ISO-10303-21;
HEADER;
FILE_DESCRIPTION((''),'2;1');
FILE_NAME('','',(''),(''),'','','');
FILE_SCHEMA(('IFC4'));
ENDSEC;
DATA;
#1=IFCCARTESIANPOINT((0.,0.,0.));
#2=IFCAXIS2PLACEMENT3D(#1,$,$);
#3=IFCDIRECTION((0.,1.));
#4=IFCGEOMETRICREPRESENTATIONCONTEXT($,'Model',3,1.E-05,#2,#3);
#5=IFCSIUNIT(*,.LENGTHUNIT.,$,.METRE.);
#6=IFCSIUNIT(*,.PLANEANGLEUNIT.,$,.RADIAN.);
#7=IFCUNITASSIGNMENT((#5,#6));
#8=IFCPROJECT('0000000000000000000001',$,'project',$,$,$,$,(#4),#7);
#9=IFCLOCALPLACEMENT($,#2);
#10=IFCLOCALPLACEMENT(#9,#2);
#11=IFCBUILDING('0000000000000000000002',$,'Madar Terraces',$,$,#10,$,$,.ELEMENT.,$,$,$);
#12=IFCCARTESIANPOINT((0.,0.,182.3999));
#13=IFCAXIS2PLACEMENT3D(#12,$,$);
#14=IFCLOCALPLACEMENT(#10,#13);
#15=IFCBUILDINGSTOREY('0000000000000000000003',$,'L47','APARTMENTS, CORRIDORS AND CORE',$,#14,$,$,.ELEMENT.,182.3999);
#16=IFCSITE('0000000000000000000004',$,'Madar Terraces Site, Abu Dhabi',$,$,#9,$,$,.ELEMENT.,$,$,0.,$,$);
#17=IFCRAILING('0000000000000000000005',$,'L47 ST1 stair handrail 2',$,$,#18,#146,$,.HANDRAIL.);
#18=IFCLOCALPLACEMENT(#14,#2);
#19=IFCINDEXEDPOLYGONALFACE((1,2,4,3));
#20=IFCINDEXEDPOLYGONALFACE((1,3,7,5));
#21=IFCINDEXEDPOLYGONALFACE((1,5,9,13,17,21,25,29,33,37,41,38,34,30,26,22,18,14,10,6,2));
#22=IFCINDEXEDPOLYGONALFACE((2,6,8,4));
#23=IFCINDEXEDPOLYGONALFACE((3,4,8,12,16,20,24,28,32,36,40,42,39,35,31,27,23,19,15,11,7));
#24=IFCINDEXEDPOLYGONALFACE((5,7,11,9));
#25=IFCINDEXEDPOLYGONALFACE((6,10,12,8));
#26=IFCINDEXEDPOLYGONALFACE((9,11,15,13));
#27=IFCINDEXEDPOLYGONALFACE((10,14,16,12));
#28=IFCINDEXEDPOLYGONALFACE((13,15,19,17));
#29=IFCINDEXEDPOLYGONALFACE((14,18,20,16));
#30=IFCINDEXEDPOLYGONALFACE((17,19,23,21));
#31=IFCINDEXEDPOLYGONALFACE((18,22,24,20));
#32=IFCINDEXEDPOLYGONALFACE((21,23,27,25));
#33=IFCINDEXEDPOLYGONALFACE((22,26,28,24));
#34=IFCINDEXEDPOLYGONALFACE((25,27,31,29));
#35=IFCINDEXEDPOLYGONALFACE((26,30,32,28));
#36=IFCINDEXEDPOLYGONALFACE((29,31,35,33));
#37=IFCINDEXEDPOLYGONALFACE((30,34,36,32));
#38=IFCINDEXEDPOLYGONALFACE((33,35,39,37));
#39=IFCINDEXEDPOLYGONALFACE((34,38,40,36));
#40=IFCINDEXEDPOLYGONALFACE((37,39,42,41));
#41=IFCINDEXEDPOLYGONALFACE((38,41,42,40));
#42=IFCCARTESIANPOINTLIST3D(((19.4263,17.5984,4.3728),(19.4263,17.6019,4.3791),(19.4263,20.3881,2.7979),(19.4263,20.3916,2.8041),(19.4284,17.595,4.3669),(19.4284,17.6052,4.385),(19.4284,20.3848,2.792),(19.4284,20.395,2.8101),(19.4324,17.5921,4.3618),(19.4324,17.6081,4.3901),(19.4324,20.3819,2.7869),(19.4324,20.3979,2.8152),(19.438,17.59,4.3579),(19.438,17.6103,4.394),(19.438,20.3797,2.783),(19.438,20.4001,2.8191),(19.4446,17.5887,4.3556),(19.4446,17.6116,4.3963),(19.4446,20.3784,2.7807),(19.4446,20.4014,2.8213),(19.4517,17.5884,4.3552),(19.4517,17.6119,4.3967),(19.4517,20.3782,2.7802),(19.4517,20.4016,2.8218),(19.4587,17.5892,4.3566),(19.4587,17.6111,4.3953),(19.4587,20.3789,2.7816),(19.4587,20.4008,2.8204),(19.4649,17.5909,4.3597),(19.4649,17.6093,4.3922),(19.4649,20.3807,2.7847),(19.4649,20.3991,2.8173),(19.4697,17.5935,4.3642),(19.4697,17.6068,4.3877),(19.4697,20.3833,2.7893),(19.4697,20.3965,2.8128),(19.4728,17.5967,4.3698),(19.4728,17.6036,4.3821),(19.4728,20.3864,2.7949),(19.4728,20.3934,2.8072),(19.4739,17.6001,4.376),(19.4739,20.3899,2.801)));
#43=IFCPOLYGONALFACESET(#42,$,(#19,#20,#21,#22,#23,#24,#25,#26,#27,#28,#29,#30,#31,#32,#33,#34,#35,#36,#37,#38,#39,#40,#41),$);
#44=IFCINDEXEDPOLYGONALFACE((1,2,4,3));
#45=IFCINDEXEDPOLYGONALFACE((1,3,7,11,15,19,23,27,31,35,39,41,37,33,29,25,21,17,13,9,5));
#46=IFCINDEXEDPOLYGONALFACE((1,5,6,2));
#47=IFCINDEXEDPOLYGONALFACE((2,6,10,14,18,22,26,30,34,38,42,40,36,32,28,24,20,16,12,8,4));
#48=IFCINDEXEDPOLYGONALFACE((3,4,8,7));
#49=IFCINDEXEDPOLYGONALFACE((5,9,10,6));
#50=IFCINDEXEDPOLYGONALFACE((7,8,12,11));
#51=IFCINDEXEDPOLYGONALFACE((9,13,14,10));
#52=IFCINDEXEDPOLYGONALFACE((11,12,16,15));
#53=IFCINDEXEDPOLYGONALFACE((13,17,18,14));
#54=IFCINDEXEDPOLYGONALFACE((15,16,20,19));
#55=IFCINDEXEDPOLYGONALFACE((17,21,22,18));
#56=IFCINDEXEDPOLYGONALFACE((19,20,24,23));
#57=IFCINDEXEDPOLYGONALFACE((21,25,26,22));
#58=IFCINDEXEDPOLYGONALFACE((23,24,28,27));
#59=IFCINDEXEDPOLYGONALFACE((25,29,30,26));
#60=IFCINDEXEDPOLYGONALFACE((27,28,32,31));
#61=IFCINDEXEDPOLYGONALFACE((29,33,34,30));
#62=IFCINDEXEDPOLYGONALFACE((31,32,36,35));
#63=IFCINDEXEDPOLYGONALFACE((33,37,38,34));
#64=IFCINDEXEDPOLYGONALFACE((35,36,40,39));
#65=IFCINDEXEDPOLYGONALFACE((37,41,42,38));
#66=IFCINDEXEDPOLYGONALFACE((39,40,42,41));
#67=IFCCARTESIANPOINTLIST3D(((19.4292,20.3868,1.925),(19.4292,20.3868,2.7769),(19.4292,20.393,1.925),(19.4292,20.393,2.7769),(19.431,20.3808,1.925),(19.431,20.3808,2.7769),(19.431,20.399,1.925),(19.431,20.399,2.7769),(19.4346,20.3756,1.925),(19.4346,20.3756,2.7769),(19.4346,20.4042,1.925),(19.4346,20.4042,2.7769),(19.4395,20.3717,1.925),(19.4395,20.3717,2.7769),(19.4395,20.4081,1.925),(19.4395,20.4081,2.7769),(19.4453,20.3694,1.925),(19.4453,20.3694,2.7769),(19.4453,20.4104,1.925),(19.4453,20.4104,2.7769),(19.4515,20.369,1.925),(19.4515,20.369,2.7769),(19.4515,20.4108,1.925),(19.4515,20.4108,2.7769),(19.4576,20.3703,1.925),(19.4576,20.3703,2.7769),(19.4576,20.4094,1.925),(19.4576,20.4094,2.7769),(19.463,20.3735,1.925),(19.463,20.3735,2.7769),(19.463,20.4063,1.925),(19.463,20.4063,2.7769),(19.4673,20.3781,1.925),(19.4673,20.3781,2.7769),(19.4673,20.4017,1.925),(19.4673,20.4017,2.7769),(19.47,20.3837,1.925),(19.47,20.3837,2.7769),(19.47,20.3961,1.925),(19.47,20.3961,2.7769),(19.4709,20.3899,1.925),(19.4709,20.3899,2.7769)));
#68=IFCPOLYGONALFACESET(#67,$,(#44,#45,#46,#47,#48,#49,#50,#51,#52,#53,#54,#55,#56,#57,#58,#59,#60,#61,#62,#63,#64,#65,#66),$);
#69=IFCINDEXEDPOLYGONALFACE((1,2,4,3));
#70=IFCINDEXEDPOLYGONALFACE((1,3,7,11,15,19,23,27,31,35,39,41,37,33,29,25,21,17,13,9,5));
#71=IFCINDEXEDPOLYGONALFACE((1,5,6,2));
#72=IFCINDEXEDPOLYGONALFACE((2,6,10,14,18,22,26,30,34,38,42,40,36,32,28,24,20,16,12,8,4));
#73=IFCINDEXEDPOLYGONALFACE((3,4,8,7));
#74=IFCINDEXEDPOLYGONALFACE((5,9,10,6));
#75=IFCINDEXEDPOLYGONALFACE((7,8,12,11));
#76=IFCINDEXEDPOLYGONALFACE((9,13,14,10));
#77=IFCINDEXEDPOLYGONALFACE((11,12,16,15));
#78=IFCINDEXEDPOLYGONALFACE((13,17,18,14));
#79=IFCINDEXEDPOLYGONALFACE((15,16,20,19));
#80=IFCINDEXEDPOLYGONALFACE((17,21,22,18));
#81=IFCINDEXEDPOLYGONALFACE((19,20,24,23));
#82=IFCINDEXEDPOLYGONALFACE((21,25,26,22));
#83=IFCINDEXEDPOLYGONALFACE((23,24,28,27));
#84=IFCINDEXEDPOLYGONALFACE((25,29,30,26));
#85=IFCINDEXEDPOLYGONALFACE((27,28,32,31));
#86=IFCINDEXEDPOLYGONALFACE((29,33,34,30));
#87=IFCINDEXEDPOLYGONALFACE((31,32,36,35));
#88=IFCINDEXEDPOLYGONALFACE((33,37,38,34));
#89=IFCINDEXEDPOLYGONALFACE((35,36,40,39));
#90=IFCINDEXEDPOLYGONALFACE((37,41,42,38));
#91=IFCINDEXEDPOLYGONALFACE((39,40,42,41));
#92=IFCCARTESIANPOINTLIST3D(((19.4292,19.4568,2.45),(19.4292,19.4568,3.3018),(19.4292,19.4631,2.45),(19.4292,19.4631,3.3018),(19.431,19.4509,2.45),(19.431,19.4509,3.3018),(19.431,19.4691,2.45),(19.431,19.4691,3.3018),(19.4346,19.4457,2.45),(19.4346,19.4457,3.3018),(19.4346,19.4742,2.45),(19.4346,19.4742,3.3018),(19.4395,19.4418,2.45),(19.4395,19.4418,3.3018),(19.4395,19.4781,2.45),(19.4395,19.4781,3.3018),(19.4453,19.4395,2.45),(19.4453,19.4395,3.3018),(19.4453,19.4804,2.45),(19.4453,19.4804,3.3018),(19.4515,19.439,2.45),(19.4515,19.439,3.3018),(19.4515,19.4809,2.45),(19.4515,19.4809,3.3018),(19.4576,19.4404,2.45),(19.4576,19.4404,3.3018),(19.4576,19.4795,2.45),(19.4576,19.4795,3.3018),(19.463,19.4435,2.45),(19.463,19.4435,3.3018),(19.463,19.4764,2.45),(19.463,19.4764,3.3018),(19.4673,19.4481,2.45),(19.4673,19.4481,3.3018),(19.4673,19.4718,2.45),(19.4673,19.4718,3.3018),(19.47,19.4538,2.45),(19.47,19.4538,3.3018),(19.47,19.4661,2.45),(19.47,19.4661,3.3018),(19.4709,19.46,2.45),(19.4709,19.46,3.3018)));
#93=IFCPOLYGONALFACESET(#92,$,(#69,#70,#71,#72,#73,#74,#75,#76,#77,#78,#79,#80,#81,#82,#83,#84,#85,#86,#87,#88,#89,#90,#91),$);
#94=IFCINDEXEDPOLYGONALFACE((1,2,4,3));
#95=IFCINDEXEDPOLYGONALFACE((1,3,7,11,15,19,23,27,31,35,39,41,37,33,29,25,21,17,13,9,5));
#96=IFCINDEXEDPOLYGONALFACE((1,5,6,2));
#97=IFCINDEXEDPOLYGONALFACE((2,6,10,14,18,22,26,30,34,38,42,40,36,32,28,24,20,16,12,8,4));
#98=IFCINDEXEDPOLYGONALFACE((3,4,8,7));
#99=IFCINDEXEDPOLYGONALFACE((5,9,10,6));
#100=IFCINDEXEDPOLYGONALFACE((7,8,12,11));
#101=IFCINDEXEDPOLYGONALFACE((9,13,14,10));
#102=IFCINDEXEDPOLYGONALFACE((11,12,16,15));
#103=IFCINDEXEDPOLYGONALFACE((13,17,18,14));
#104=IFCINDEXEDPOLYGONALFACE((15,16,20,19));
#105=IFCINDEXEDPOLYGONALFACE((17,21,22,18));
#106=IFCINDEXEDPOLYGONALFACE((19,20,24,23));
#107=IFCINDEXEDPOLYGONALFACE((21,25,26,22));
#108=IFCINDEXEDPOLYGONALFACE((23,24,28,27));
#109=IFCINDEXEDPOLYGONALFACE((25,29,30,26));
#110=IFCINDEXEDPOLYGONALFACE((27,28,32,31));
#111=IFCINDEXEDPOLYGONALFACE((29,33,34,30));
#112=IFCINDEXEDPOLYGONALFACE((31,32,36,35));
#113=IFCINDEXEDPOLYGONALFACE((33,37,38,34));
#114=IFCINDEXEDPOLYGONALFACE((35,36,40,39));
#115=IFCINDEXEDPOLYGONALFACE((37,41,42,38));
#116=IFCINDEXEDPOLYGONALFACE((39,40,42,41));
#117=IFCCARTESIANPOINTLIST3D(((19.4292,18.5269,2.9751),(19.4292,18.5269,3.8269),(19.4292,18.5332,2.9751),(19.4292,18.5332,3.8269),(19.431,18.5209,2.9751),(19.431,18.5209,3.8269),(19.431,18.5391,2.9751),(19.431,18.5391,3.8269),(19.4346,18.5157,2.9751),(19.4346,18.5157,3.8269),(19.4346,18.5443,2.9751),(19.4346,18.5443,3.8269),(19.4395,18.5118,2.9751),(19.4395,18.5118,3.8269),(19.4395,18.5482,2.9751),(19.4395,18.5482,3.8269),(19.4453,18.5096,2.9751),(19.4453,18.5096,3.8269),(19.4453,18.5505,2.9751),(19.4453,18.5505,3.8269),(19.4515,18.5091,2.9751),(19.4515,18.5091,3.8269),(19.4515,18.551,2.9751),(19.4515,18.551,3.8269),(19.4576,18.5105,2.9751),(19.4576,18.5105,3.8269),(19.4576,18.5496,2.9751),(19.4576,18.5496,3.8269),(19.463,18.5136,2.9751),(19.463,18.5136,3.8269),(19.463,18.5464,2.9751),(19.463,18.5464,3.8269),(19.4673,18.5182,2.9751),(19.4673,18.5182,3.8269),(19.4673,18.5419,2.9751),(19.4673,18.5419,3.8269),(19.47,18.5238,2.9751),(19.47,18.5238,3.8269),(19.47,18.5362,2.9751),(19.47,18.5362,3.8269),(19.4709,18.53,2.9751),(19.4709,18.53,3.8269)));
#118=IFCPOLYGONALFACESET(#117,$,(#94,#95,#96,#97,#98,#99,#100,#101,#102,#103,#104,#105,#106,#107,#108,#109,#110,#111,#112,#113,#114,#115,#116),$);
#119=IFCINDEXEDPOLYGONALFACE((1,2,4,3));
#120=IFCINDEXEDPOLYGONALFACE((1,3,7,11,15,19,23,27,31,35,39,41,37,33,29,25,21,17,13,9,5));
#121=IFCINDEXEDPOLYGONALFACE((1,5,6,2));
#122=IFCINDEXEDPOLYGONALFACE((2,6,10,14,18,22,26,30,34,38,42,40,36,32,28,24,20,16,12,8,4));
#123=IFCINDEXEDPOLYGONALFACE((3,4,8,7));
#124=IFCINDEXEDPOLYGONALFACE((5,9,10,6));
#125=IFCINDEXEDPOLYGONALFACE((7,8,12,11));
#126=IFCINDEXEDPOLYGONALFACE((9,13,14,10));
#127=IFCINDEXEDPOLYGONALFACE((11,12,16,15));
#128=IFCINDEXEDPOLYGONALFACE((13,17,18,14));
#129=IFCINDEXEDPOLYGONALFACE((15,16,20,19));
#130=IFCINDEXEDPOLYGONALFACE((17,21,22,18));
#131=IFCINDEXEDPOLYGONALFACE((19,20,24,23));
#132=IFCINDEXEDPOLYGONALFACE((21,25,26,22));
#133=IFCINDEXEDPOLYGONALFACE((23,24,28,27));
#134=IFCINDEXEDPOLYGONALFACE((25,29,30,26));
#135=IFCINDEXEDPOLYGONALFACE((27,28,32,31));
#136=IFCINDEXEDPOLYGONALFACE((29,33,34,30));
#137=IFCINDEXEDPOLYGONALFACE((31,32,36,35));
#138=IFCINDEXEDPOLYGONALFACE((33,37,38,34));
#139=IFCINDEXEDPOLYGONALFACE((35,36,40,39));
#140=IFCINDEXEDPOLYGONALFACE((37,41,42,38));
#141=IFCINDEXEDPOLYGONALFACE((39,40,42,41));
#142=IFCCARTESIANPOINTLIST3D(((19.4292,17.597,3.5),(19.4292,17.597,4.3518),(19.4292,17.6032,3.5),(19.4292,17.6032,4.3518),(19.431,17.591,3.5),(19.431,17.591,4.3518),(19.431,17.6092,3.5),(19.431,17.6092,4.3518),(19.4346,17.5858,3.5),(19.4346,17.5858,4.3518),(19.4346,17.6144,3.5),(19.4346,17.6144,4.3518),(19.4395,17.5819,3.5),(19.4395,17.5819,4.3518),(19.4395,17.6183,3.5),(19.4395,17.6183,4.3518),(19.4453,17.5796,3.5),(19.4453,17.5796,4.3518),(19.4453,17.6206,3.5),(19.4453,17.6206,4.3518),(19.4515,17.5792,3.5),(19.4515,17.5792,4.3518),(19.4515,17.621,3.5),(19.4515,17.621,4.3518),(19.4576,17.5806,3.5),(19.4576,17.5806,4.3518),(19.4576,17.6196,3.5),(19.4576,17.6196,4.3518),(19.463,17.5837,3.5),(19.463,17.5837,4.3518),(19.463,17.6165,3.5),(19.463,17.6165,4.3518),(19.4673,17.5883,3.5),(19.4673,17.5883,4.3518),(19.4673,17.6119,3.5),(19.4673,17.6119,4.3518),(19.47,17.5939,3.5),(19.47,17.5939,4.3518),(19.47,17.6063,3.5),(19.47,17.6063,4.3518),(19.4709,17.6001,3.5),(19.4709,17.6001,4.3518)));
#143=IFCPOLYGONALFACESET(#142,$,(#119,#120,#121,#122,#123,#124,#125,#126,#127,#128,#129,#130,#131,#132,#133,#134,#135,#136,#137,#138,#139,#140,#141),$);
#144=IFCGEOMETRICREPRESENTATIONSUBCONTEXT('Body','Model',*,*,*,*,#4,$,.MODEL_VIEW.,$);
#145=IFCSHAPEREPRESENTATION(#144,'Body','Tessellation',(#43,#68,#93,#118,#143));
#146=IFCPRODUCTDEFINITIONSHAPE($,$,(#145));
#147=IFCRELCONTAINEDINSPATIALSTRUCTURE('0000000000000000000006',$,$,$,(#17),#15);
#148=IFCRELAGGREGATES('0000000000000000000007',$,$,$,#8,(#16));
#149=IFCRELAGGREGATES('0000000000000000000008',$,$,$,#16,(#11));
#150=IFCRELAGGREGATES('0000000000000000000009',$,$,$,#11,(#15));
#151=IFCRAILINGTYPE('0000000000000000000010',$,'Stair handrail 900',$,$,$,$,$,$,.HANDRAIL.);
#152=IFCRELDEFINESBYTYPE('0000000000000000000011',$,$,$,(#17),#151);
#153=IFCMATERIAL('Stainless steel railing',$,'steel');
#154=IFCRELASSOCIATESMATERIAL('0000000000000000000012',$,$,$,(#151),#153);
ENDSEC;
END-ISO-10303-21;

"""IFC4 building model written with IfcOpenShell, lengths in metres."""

from ifc_helpers import new_model, si_unit, direction, frame, origin, origin_2d, place, context, subcontext, project, spatial, circle, extrude, material, type_object, element, save


model = new_model("IFC4")

# Units and contexts
model_context = context("Model", 3, precision=1e-05, world=origin(), true_north=direction((0.0, 1.0)))
body_context = subcontext(model_context, "Body", "Model", "MODEL_VIEW")
ifc_project = project(units=[si_unit("LENGTHUNIT", "METRE"), si_unit("PLANEANGLEUNIT", "RADIAN")], contexts=[model_context])

# Site, building, storey
site_placement = place(None, origin())
site = spatial("IfcSite", under=ifc_project, at=site_placement, Name="Madar Terraces Site, Abu Dhabi", CompositionType="ELEMENT", RefElevation=0.0)
building_placement = place(site_placement, origin())
building = spatial("IfcBuilding", under=site, at=building_placement, Name="Madar Terraces", CompositionType="ELEMENT")
storey_placement = place(building_placement, frame((0.0, 0.0, 182.3999)))
storey = spatial("IfcBuildingStorey", under=building, at=storey_placement, Name="L47", Description="APARTMENTS, CORRIDORS AND CORE", CompositionType="ELEMENT", Elevation=182.3999)

# Railing
ifc_material_1 = material(Name="Stainless steel railing", Category="steel")
railing_type_1 = type_object("IfcRailingType", Name="Stair handrail 900", PredefinedType="HANDRAIL", material=ifc_material_1)
railing_1_placement = place(storey_placement, frame((19.45, 20.3899, 1.925)))
element("IfcRailing", 1, at=railing_1_placement, inside=storey, type_object=railing_type_1, Name="L47 ST1 stair handrail 2", PredefinedType="HANDRAIL", context=body_context, shape_type="SweptSolid", body=[
    extrude(circle(Radius=0.0239, at=origin_2d()), frame((0.0, 0.0, 0.876), z_axis=(0.0, -0.870815, 0.49161), x_axis=(1.0, 0.0, 0.0)), (0.0, 0.0, 1.0), 3.2036),
    extrude(circle(Radius=0.021, at=origin_2d()), origin(), (0.0, 0.0, 1.0), 0.8518),
    extrude(circle(Radius=0.021, at=origin_2d()), frame((0.0, -0.9299, 0.5249)), (0.0, 0.0, 1.0), 0.8518),
    extrude(circle(Radius=0.021, at=origin_2d()), frame((0.0, -1.8599, 1.05)), (0.0, 0.0, 1.0), 0.8518),
    extrude(circle(Radius=0.021, at=origin_2d()), frame((0.0, -2.7898, 1.575)), (0.0, 0.0, 1.0), 0.8518),
])

save(model, "model.ifc")
